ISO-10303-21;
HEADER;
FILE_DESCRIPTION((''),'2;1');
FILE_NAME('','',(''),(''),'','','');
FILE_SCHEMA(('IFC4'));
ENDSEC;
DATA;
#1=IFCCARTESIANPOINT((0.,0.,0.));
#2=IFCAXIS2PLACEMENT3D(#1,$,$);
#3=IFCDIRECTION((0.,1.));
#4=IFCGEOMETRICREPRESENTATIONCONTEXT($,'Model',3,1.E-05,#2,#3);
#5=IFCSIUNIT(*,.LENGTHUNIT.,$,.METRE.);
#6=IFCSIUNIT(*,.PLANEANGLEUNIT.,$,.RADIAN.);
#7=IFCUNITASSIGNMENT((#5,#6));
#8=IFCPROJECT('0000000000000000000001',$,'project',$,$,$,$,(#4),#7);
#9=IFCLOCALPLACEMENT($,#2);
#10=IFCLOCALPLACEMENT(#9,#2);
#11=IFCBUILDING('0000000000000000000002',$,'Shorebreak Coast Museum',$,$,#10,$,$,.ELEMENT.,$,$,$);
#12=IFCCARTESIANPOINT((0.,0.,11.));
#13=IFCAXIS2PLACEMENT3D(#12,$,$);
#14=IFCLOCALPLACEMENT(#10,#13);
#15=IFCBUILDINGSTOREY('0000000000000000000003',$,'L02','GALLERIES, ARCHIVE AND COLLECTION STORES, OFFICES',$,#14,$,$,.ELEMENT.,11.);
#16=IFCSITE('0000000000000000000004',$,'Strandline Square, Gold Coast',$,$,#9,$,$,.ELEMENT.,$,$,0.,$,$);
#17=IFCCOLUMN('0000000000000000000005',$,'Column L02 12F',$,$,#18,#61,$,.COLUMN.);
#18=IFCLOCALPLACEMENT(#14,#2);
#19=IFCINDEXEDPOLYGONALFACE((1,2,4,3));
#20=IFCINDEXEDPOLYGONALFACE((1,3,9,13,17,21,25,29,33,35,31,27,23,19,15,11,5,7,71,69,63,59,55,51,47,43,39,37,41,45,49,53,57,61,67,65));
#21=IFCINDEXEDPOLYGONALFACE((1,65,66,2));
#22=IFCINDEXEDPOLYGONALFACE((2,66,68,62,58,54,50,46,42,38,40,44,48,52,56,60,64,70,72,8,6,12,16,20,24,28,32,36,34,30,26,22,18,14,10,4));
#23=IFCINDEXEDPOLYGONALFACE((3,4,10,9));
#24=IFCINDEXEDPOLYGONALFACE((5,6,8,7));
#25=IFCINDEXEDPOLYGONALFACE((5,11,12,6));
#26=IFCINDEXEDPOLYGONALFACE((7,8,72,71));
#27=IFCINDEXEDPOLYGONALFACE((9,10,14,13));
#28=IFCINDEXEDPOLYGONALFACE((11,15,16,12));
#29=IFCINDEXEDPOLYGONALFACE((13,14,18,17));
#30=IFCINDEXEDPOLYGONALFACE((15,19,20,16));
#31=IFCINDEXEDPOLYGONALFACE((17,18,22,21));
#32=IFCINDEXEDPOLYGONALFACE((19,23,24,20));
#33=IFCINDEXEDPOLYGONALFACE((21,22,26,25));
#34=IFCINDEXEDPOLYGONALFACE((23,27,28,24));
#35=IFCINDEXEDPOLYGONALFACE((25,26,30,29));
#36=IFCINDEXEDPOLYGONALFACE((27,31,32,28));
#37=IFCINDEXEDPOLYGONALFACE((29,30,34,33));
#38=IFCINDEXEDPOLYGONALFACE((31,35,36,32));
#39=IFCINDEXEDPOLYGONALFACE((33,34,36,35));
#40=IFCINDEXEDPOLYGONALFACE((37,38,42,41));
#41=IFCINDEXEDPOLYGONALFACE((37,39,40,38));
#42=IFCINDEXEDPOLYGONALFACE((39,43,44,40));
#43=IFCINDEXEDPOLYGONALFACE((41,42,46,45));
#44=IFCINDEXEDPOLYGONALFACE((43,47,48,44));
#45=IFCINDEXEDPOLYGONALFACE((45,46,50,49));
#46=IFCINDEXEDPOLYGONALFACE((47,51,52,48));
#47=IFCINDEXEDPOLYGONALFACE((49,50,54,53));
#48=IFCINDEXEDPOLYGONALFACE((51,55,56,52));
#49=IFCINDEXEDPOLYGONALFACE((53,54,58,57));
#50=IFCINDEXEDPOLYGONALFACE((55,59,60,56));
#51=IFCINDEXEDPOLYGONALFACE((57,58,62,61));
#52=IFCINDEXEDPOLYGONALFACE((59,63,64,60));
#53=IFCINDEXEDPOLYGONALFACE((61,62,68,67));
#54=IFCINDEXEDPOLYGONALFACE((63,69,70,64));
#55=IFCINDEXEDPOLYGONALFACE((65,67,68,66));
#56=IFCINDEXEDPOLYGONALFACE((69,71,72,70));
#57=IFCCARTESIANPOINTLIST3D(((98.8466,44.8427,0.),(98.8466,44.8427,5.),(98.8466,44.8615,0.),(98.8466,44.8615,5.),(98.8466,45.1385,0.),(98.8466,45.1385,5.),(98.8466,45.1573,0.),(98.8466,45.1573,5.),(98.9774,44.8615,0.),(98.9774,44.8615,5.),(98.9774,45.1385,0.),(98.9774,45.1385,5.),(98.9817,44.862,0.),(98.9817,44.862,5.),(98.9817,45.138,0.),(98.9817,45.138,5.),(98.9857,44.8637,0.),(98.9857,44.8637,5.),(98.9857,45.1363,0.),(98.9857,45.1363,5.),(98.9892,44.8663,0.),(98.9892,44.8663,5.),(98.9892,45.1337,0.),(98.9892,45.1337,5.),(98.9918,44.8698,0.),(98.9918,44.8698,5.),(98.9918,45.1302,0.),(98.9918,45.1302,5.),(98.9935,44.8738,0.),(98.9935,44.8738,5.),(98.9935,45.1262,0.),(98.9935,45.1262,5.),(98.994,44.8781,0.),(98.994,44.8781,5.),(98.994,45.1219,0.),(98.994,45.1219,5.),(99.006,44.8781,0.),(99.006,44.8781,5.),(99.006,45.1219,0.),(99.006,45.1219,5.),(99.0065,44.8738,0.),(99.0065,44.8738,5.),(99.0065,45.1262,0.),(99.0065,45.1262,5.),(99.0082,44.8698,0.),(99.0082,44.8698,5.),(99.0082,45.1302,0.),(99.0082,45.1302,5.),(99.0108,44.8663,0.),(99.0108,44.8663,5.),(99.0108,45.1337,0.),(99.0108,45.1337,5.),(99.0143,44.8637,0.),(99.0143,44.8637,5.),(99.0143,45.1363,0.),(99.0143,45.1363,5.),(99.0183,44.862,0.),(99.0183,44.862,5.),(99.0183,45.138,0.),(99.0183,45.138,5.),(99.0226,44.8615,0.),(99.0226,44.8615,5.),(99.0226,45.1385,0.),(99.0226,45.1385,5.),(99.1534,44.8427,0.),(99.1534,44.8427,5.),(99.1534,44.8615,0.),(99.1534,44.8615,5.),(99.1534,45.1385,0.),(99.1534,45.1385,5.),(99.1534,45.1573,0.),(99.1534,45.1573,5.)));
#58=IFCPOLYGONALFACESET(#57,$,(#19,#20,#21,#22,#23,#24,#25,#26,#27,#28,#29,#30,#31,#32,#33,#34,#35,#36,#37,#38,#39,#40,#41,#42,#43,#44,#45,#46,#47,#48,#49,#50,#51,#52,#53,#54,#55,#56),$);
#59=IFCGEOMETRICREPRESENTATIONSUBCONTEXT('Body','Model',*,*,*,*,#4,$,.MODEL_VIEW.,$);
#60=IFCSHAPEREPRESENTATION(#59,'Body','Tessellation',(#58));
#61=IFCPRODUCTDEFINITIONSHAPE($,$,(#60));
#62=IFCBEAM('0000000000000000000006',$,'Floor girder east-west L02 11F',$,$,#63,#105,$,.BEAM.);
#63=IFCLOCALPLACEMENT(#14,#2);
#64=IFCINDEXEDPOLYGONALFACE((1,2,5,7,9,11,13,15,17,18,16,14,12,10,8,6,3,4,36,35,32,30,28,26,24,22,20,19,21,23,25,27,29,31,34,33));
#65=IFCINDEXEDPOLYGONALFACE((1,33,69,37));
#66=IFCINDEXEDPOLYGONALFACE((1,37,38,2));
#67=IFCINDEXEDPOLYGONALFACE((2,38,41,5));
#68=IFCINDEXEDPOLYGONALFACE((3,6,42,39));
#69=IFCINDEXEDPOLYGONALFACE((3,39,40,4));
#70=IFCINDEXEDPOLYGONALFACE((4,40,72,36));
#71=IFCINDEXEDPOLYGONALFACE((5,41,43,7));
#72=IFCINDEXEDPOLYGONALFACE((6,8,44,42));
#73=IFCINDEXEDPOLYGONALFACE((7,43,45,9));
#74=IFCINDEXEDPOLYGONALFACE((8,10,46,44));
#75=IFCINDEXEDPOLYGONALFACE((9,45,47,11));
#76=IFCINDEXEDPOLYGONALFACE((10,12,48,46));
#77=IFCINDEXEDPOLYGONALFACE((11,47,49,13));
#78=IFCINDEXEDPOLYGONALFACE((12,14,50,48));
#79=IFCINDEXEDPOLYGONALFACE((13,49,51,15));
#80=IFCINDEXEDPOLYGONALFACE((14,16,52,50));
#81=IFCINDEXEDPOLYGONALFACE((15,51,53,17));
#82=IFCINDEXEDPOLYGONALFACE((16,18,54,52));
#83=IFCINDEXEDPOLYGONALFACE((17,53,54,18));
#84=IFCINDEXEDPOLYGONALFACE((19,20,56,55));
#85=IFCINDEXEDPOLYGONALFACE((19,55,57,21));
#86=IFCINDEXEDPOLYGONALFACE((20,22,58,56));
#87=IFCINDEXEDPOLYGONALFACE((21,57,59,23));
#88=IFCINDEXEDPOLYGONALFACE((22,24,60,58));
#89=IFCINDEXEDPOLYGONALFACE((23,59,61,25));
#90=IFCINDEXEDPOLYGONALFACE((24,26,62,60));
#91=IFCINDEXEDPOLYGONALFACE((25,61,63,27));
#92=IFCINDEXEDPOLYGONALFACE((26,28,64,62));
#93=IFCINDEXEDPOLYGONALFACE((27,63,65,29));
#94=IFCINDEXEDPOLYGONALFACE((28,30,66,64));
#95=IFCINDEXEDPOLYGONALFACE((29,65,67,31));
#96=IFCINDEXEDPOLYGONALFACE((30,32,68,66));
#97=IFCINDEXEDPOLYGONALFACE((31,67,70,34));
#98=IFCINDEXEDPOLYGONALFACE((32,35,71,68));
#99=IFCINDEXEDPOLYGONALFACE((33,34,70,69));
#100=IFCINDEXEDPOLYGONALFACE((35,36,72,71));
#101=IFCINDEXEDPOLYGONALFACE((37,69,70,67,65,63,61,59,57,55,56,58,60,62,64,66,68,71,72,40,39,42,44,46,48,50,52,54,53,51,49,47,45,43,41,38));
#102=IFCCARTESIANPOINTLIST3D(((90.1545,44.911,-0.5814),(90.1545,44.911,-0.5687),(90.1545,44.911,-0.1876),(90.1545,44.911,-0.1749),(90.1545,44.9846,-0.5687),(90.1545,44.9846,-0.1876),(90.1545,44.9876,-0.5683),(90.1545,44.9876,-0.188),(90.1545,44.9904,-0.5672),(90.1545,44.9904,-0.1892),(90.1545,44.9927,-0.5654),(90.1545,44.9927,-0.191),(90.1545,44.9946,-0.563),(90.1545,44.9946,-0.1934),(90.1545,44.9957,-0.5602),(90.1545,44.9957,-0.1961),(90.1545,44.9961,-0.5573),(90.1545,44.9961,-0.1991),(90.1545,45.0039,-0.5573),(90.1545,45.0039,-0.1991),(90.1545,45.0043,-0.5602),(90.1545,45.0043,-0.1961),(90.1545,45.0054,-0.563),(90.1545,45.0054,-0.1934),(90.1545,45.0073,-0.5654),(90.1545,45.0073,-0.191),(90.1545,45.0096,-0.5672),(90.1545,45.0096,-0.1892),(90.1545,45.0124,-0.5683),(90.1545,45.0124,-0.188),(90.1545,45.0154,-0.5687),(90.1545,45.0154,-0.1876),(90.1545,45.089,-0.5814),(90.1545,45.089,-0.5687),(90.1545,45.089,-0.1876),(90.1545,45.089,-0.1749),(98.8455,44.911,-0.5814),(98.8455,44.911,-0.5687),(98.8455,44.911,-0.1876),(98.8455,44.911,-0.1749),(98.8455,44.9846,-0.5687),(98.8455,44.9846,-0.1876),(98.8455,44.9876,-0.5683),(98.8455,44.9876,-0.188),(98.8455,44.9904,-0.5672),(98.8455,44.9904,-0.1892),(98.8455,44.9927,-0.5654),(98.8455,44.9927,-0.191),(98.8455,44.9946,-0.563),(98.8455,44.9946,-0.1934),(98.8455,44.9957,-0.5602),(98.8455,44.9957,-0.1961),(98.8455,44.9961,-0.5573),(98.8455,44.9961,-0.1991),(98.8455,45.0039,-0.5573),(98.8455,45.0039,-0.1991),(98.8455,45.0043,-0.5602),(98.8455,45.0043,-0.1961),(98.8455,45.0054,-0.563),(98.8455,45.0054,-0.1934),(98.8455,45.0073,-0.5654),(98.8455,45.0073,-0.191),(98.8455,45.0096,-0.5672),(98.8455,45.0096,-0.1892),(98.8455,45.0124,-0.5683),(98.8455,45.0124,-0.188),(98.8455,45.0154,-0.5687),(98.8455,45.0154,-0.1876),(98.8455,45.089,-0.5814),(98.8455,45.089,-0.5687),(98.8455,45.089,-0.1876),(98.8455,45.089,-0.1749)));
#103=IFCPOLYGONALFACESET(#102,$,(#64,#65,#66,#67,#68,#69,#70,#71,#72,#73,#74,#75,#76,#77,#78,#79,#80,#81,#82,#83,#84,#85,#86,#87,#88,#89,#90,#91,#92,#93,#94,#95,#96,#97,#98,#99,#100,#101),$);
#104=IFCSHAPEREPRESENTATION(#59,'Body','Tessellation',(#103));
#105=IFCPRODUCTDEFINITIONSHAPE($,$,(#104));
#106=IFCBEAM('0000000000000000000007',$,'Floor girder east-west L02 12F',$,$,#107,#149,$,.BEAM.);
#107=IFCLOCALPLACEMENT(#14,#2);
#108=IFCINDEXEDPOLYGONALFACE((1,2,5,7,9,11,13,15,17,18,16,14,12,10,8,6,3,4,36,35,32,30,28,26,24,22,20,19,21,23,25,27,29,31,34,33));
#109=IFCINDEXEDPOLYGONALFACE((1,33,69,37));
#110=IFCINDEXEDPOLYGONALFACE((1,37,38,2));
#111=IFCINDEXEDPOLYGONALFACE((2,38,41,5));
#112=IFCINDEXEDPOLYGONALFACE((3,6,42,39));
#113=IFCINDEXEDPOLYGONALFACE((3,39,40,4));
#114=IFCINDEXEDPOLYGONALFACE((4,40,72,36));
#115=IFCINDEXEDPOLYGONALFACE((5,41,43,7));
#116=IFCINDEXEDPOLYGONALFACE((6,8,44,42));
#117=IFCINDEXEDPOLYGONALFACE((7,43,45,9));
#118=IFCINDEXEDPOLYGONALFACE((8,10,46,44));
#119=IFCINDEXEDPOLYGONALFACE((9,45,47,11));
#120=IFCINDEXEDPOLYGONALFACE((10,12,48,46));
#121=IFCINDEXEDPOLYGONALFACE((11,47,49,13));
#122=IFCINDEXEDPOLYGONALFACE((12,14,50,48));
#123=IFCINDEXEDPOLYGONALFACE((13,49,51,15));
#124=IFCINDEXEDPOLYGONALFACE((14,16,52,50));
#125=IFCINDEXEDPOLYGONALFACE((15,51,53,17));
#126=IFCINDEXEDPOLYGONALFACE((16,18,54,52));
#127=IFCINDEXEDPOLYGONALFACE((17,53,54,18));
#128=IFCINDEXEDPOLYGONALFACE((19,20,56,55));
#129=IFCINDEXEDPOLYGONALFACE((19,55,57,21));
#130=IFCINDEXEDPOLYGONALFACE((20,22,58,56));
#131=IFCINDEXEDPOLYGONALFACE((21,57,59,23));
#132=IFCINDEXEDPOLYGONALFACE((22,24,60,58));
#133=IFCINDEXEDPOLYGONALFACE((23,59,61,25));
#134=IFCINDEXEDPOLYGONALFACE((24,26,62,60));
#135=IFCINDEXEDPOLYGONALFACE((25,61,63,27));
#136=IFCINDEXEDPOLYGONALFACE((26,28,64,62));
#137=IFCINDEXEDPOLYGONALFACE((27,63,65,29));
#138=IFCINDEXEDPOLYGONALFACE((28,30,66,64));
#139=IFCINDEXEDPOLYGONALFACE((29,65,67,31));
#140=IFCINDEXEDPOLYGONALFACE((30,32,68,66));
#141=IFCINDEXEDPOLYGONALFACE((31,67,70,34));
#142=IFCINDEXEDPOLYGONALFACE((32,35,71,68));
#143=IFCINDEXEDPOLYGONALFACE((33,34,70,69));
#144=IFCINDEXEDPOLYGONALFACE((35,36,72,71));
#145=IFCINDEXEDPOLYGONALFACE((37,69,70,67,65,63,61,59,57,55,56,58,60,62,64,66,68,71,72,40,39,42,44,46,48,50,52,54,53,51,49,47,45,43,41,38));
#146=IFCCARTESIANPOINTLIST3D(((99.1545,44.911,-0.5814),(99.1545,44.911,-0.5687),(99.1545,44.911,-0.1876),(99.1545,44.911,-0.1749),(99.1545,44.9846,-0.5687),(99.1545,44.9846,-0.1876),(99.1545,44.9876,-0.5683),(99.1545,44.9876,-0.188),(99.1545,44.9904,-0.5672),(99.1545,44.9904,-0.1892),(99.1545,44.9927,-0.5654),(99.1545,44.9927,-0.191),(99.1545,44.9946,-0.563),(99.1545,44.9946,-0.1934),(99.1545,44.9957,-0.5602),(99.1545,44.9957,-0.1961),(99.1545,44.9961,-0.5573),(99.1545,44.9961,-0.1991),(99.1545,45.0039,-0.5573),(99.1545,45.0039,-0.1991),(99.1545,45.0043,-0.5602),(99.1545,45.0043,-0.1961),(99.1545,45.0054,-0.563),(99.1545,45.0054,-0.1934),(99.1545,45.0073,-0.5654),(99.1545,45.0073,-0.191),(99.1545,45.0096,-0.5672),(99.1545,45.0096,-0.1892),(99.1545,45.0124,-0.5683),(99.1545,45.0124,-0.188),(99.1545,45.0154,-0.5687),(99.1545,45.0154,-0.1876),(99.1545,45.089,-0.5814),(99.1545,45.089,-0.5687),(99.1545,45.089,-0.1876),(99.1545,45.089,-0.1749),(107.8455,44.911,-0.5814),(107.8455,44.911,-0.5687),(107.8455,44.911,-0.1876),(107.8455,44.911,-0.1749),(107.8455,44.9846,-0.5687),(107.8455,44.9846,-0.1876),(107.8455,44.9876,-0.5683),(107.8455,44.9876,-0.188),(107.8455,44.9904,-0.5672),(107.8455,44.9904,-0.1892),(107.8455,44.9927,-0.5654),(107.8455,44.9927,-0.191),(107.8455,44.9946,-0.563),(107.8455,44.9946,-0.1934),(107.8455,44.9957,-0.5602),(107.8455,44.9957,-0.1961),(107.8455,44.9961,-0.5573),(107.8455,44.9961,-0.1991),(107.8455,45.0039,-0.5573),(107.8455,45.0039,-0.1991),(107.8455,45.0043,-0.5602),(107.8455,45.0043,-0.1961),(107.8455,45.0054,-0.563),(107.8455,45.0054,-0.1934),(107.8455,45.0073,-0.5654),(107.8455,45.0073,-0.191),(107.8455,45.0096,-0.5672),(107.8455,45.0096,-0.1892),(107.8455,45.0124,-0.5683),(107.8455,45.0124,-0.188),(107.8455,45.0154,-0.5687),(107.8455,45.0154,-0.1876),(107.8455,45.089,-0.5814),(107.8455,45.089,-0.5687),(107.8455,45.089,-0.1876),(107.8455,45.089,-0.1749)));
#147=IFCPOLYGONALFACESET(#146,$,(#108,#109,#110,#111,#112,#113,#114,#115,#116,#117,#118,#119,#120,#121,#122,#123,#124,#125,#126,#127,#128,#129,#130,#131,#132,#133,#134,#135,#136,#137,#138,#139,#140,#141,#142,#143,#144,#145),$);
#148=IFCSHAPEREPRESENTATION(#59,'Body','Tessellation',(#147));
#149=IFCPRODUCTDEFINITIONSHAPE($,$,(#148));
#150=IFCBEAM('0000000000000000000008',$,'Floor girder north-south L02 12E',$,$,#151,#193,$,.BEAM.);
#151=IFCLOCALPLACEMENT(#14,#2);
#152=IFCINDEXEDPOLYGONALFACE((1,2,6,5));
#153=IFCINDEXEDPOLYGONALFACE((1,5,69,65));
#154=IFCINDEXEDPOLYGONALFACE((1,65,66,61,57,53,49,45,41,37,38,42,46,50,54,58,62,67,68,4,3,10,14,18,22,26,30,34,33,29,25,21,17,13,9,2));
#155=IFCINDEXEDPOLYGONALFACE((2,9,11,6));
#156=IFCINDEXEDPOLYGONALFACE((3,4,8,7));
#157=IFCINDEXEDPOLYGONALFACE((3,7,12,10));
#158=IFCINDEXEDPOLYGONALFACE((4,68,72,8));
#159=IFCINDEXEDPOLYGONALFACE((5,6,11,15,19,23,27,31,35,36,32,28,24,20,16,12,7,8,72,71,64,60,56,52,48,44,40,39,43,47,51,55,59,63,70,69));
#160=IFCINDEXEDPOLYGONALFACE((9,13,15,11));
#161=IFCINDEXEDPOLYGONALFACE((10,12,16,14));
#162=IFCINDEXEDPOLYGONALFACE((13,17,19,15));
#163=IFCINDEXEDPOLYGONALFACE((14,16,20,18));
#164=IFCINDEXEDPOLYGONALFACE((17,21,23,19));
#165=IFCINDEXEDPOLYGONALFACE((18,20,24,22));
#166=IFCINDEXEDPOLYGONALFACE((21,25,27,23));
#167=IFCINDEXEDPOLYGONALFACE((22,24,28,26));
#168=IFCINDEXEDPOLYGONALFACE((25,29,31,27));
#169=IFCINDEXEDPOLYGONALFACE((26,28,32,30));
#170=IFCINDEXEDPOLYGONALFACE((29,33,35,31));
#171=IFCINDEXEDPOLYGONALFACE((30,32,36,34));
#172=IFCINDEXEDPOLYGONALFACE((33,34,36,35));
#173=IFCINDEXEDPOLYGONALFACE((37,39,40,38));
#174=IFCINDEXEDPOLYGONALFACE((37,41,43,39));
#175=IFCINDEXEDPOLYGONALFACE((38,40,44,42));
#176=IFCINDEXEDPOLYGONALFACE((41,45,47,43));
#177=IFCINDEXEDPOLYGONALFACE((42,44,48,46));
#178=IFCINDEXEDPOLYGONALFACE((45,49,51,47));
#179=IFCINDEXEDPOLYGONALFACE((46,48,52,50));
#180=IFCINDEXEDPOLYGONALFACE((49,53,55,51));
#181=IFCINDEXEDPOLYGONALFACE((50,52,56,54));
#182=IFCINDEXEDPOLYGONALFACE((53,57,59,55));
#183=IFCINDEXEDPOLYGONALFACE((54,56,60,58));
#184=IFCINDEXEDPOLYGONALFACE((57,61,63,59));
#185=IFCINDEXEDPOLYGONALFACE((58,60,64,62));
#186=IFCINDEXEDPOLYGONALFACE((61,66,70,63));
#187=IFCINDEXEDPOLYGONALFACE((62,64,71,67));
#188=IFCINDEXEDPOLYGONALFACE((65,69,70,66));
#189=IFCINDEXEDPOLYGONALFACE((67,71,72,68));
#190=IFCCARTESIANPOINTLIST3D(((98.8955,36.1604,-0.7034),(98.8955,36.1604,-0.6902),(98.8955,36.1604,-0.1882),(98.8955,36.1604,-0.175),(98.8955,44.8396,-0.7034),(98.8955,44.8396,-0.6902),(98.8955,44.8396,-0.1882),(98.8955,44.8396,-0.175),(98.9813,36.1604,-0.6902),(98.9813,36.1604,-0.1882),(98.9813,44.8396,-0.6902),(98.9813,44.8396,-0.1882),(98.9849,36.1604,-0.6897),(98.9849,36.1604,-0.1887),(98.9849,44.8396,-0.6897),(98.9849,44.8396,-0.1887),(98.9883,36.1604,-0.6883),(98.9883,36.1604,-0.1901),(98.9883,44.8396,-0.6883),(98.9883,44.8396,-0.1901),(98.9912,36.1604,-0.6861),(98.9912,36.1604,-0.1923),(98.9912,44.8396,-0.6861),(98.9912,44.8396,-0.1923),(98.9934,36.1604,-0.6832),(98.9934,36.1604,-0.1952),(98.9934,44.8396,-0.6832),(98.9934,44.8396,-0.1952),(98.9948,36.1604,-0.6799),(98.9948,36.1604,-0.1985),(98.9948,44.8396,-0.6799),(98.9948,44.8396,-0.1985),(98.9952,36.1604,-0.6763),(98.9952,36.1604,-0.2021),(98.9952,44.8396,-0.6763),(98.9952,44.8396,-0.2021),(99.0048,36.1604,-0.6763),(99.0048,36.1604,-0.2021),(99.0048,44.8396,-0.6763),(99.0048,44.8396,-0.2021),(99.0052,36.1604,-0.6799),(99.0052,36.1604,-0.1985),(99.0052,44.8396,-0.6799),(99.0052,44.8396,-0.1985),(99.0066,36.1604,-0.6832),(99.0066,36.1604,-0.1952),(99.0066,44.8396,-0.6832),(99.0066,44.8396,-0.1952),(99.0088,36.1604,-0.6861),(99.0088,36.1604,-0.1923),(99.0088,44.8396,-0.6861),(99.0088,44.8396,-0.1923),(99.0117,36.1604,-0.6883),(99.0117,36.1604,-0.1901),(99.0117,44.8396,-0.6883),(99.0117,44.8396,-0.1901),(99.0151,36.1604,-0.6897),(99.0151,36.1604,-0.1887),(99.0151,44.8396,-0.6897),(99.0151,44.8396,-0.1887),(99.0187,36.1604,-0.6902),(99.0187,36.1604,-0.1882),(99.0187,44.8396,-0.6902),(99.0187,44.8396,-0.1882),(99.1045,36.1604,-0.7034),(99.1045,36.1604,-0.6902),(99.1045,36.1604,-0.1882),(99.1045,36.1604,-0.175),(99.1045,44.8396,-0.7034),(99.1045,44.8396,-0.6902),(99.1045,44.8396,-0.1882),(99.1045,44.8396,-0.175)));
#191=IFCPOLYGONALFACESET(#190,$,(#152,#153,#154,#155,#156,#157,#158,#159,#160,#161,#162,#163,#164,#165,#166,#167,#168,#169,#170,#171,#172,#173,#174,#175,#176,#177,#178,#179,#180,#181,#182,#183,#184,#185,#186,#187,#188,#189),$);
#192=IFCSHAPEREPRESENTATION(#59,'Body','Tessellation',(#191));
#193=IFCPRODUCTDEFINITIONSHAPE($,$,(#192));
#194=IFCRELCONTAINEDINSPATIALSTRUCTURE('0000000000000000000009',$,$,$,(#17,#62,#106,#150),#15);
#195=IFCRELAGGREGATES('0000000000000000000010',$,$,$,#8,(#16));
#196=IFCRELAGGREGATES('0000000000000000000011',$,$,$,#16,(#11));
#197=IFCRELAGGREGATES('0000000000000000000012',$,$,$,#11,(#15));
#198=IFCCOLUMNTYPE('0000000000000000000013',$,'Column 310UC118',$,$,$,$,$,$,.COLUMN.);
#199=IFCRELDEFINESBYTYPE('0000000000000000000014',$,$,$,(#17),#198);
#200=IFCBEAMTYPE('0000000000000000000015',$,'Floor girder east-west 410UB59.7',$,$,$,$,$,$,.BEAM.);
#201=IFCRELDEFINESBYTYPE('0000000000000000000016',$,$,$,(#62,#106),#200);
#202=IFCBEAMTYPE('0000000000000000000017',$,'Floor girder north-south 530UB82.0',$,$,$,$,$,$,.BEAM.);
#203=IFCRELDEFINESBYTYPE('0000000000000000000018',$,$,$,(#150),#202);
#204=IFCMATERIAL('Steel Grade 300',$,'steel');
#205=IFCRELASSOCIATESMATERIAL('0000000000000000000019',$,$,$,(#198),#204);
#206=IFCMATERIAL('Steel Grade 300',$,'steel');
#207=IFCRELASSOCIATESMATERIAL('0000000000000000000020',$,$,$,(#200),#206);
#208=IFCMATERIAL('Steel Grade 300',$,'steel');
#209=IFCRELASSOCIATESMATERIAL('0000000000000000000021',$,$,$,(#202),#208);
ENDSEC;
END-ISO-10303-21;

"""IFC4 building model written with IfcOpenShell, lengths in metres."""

from ifc_helpers import new_model, si_unit, direction, frame, origin, origin_2d, place, context, subcontext, project, spatial, i_section, extrude, material, material_profile, profile_set, type_object, element, save


model = new_model("IFC4")

# Units and contexts
model_context = context("Model", 3, precision=1e-05, world=origin(), true_north=direction((0.0, 1.0)))
body_context = subcontext(model_context, "Body", "Model", "MODEL_VIEW")
ifc_project = project(units=[si_unit("LENGTHUNIT", "METRE"), si_unit("PLANEANGLEUNIT", "RADIAN")], contexts=[model_context])

# Site, building, storey
site_placement = place(None, origin())
site = spatial("IfcSite", under=ifc_project, at=site_placement, Name="Strandline Square, Gold Coast", CompositionType="ELEMENT", RefElevation=0.0)
building_placement = place(site_placement, origin())
building = spatial("IfcBuilding", under=site, at=building_placement, Name="Shorebreak Coast Museum", CompositionType="ELEMENT")
storey_placement = place(building_placement, frame((0.0, 0.0, 11.0)))
storey = spatial("IfcBuildingStorey", under=building, at=storey_placement, Name="L02", Description="GALLERIES, ARCHIVE AND COLLECTION STORES, OFFICES", CompositionType="ELEMENT", Elevation=11.0)

# Column
ifc_material_1 = material(Name="Steel Grade 300", Category="steel")
ifc_material_profile_1 = material_profile(ifc_material_1, i_section(OverallWidth=0.3069, OverallDepth=0.3147, WebThickness=0.012, FlangeThickness=0.0188, FilletRadius=0.0166, at=origin_2d()), Name="310UC118")
ifc_profile_set_1 = profile_set([ifc_material_profile_1], Name="Steel Grade 300")
column_type = type_object("IfcColumnType", Name="Column 310UC118", PredefinedType="COLUMN", material=ifc_profile_set_1)
column_placement = place(storey_placement, frame((99.0, 45.0, 0.0), z_axis=(0.0, 0.0, 1.0), x_axis=(1.0, 0.0, 0.0)))
element("IfcColumn", 1, at=column_placement, inside=storey, type_object=column_type, Name="Column L02 12F", PredefinedType="COLUMN", context=body_context, shape_type="SweptSolid", body=[
    extrude(i_section(OverallWidth=0.3069, OverallDepth=0.3147, WebThickness=0.012, FlangeThickness=0.0188, FilletRadius=0.0166, at=origin_2d()), origin(), (0.0, 0.0, 1.0), 5.0),
])

# Beams
ifc_material_2 = material(Name="Steel Grade 300", Category="steel")
ifc_material_profile_2 = material_profile(ifc_material_2, i_section(OverallWidth=0.178, OverallDepth=0.4065, WebThickness=0.0078, FlangeThickness=0.0127, FilletRadius=0.0115, at=origin_2d()), Name="410UB59.7")
ifc_profile_set_2 = profile_set([ifc_material_profile_2], Name="Steel Grade 300")
beam_type_1 = type_object("IfcBeamType", Name="Floor girder east-west 410UB59.7", PredefinedType="BEAM", material=ifc_profile_set_2)
for number, where, z_axis, x_axis, name in (
    (2, (90.1545, 45.0, -0.3782), (1.0, 0.0, 0.0), (0.0, 1.0, 0.0), "Floor girder east-west L02 11F"),
    (3, (99.1545, 45.0, -0.3782), (1.0, 0.0, 0.0), (0.0, 1.0, 0.0), "Floor girder east-west L02 12F"),
):
    element("IfcBeam", number, at=place(storey_placement, frame(where, z_axis=z_axis, x_axis=x_axis)), inside=storey, type_object=beam_type_1, Name=name, PredefinedType="BEAM", context=body_context, shape_type="SweptSolid", body=[
        extrude(i_section(OverallWidth=0.178, OverallDepth=0.4065, WebThickness=0.0078, FlangeThickness=0.0127, FilletRadius=0.0115, at=origin_2d()), origin(), (0.0, 0.0, 1.0), 8.6909),
    ])
ifc_material_3 = material(Name="Steel Grade 300", Category="steel")
ifc_material_profile_3 = material_profile(ifc_material_3, i_section(OverallWidth=0.209, OverallDepth=0.5283, WebThickness=0.0095, FlangeThickness=0.0132, FilletRadius=0.0139, at=origin_2d()), Name="530UB82.0")
ifc_profile_set_3 = profile_set([ifc_material_profile_3], Name="Steel Grade 300")
beam_type_2 = type_object("IfcBeamType", Name="Floor girder north-south 530UB82.0", PredefinedType="BEAM", material=ifc_profile_set_3)
beam_placement = place(storey_placement, frame((99.0, 36.1604, -0.4392), z_axis=(0.0, 1.0, 0.0), x_axis=(-1.0, 0.0, 0.0)))
element("IfcBeam", 4, at=beam_placement, inside=storey, type_object=beam_type_2, Name="Floor girder north-south L02 12E", PredefinedType="BEAM", context=body_context, shape_type="SweptSolid", body=[
    extrude(i_section(OverallWidth=0.209, OverallDepth=0.5283, WebThickness=0.0095, FlangeThickness=0.0132, FilletRadius=0.0139, at=origin_2d()), origin(), (0.0, 0.0, 1.0), 8.6792),
])

save(model, "model.ifc")
